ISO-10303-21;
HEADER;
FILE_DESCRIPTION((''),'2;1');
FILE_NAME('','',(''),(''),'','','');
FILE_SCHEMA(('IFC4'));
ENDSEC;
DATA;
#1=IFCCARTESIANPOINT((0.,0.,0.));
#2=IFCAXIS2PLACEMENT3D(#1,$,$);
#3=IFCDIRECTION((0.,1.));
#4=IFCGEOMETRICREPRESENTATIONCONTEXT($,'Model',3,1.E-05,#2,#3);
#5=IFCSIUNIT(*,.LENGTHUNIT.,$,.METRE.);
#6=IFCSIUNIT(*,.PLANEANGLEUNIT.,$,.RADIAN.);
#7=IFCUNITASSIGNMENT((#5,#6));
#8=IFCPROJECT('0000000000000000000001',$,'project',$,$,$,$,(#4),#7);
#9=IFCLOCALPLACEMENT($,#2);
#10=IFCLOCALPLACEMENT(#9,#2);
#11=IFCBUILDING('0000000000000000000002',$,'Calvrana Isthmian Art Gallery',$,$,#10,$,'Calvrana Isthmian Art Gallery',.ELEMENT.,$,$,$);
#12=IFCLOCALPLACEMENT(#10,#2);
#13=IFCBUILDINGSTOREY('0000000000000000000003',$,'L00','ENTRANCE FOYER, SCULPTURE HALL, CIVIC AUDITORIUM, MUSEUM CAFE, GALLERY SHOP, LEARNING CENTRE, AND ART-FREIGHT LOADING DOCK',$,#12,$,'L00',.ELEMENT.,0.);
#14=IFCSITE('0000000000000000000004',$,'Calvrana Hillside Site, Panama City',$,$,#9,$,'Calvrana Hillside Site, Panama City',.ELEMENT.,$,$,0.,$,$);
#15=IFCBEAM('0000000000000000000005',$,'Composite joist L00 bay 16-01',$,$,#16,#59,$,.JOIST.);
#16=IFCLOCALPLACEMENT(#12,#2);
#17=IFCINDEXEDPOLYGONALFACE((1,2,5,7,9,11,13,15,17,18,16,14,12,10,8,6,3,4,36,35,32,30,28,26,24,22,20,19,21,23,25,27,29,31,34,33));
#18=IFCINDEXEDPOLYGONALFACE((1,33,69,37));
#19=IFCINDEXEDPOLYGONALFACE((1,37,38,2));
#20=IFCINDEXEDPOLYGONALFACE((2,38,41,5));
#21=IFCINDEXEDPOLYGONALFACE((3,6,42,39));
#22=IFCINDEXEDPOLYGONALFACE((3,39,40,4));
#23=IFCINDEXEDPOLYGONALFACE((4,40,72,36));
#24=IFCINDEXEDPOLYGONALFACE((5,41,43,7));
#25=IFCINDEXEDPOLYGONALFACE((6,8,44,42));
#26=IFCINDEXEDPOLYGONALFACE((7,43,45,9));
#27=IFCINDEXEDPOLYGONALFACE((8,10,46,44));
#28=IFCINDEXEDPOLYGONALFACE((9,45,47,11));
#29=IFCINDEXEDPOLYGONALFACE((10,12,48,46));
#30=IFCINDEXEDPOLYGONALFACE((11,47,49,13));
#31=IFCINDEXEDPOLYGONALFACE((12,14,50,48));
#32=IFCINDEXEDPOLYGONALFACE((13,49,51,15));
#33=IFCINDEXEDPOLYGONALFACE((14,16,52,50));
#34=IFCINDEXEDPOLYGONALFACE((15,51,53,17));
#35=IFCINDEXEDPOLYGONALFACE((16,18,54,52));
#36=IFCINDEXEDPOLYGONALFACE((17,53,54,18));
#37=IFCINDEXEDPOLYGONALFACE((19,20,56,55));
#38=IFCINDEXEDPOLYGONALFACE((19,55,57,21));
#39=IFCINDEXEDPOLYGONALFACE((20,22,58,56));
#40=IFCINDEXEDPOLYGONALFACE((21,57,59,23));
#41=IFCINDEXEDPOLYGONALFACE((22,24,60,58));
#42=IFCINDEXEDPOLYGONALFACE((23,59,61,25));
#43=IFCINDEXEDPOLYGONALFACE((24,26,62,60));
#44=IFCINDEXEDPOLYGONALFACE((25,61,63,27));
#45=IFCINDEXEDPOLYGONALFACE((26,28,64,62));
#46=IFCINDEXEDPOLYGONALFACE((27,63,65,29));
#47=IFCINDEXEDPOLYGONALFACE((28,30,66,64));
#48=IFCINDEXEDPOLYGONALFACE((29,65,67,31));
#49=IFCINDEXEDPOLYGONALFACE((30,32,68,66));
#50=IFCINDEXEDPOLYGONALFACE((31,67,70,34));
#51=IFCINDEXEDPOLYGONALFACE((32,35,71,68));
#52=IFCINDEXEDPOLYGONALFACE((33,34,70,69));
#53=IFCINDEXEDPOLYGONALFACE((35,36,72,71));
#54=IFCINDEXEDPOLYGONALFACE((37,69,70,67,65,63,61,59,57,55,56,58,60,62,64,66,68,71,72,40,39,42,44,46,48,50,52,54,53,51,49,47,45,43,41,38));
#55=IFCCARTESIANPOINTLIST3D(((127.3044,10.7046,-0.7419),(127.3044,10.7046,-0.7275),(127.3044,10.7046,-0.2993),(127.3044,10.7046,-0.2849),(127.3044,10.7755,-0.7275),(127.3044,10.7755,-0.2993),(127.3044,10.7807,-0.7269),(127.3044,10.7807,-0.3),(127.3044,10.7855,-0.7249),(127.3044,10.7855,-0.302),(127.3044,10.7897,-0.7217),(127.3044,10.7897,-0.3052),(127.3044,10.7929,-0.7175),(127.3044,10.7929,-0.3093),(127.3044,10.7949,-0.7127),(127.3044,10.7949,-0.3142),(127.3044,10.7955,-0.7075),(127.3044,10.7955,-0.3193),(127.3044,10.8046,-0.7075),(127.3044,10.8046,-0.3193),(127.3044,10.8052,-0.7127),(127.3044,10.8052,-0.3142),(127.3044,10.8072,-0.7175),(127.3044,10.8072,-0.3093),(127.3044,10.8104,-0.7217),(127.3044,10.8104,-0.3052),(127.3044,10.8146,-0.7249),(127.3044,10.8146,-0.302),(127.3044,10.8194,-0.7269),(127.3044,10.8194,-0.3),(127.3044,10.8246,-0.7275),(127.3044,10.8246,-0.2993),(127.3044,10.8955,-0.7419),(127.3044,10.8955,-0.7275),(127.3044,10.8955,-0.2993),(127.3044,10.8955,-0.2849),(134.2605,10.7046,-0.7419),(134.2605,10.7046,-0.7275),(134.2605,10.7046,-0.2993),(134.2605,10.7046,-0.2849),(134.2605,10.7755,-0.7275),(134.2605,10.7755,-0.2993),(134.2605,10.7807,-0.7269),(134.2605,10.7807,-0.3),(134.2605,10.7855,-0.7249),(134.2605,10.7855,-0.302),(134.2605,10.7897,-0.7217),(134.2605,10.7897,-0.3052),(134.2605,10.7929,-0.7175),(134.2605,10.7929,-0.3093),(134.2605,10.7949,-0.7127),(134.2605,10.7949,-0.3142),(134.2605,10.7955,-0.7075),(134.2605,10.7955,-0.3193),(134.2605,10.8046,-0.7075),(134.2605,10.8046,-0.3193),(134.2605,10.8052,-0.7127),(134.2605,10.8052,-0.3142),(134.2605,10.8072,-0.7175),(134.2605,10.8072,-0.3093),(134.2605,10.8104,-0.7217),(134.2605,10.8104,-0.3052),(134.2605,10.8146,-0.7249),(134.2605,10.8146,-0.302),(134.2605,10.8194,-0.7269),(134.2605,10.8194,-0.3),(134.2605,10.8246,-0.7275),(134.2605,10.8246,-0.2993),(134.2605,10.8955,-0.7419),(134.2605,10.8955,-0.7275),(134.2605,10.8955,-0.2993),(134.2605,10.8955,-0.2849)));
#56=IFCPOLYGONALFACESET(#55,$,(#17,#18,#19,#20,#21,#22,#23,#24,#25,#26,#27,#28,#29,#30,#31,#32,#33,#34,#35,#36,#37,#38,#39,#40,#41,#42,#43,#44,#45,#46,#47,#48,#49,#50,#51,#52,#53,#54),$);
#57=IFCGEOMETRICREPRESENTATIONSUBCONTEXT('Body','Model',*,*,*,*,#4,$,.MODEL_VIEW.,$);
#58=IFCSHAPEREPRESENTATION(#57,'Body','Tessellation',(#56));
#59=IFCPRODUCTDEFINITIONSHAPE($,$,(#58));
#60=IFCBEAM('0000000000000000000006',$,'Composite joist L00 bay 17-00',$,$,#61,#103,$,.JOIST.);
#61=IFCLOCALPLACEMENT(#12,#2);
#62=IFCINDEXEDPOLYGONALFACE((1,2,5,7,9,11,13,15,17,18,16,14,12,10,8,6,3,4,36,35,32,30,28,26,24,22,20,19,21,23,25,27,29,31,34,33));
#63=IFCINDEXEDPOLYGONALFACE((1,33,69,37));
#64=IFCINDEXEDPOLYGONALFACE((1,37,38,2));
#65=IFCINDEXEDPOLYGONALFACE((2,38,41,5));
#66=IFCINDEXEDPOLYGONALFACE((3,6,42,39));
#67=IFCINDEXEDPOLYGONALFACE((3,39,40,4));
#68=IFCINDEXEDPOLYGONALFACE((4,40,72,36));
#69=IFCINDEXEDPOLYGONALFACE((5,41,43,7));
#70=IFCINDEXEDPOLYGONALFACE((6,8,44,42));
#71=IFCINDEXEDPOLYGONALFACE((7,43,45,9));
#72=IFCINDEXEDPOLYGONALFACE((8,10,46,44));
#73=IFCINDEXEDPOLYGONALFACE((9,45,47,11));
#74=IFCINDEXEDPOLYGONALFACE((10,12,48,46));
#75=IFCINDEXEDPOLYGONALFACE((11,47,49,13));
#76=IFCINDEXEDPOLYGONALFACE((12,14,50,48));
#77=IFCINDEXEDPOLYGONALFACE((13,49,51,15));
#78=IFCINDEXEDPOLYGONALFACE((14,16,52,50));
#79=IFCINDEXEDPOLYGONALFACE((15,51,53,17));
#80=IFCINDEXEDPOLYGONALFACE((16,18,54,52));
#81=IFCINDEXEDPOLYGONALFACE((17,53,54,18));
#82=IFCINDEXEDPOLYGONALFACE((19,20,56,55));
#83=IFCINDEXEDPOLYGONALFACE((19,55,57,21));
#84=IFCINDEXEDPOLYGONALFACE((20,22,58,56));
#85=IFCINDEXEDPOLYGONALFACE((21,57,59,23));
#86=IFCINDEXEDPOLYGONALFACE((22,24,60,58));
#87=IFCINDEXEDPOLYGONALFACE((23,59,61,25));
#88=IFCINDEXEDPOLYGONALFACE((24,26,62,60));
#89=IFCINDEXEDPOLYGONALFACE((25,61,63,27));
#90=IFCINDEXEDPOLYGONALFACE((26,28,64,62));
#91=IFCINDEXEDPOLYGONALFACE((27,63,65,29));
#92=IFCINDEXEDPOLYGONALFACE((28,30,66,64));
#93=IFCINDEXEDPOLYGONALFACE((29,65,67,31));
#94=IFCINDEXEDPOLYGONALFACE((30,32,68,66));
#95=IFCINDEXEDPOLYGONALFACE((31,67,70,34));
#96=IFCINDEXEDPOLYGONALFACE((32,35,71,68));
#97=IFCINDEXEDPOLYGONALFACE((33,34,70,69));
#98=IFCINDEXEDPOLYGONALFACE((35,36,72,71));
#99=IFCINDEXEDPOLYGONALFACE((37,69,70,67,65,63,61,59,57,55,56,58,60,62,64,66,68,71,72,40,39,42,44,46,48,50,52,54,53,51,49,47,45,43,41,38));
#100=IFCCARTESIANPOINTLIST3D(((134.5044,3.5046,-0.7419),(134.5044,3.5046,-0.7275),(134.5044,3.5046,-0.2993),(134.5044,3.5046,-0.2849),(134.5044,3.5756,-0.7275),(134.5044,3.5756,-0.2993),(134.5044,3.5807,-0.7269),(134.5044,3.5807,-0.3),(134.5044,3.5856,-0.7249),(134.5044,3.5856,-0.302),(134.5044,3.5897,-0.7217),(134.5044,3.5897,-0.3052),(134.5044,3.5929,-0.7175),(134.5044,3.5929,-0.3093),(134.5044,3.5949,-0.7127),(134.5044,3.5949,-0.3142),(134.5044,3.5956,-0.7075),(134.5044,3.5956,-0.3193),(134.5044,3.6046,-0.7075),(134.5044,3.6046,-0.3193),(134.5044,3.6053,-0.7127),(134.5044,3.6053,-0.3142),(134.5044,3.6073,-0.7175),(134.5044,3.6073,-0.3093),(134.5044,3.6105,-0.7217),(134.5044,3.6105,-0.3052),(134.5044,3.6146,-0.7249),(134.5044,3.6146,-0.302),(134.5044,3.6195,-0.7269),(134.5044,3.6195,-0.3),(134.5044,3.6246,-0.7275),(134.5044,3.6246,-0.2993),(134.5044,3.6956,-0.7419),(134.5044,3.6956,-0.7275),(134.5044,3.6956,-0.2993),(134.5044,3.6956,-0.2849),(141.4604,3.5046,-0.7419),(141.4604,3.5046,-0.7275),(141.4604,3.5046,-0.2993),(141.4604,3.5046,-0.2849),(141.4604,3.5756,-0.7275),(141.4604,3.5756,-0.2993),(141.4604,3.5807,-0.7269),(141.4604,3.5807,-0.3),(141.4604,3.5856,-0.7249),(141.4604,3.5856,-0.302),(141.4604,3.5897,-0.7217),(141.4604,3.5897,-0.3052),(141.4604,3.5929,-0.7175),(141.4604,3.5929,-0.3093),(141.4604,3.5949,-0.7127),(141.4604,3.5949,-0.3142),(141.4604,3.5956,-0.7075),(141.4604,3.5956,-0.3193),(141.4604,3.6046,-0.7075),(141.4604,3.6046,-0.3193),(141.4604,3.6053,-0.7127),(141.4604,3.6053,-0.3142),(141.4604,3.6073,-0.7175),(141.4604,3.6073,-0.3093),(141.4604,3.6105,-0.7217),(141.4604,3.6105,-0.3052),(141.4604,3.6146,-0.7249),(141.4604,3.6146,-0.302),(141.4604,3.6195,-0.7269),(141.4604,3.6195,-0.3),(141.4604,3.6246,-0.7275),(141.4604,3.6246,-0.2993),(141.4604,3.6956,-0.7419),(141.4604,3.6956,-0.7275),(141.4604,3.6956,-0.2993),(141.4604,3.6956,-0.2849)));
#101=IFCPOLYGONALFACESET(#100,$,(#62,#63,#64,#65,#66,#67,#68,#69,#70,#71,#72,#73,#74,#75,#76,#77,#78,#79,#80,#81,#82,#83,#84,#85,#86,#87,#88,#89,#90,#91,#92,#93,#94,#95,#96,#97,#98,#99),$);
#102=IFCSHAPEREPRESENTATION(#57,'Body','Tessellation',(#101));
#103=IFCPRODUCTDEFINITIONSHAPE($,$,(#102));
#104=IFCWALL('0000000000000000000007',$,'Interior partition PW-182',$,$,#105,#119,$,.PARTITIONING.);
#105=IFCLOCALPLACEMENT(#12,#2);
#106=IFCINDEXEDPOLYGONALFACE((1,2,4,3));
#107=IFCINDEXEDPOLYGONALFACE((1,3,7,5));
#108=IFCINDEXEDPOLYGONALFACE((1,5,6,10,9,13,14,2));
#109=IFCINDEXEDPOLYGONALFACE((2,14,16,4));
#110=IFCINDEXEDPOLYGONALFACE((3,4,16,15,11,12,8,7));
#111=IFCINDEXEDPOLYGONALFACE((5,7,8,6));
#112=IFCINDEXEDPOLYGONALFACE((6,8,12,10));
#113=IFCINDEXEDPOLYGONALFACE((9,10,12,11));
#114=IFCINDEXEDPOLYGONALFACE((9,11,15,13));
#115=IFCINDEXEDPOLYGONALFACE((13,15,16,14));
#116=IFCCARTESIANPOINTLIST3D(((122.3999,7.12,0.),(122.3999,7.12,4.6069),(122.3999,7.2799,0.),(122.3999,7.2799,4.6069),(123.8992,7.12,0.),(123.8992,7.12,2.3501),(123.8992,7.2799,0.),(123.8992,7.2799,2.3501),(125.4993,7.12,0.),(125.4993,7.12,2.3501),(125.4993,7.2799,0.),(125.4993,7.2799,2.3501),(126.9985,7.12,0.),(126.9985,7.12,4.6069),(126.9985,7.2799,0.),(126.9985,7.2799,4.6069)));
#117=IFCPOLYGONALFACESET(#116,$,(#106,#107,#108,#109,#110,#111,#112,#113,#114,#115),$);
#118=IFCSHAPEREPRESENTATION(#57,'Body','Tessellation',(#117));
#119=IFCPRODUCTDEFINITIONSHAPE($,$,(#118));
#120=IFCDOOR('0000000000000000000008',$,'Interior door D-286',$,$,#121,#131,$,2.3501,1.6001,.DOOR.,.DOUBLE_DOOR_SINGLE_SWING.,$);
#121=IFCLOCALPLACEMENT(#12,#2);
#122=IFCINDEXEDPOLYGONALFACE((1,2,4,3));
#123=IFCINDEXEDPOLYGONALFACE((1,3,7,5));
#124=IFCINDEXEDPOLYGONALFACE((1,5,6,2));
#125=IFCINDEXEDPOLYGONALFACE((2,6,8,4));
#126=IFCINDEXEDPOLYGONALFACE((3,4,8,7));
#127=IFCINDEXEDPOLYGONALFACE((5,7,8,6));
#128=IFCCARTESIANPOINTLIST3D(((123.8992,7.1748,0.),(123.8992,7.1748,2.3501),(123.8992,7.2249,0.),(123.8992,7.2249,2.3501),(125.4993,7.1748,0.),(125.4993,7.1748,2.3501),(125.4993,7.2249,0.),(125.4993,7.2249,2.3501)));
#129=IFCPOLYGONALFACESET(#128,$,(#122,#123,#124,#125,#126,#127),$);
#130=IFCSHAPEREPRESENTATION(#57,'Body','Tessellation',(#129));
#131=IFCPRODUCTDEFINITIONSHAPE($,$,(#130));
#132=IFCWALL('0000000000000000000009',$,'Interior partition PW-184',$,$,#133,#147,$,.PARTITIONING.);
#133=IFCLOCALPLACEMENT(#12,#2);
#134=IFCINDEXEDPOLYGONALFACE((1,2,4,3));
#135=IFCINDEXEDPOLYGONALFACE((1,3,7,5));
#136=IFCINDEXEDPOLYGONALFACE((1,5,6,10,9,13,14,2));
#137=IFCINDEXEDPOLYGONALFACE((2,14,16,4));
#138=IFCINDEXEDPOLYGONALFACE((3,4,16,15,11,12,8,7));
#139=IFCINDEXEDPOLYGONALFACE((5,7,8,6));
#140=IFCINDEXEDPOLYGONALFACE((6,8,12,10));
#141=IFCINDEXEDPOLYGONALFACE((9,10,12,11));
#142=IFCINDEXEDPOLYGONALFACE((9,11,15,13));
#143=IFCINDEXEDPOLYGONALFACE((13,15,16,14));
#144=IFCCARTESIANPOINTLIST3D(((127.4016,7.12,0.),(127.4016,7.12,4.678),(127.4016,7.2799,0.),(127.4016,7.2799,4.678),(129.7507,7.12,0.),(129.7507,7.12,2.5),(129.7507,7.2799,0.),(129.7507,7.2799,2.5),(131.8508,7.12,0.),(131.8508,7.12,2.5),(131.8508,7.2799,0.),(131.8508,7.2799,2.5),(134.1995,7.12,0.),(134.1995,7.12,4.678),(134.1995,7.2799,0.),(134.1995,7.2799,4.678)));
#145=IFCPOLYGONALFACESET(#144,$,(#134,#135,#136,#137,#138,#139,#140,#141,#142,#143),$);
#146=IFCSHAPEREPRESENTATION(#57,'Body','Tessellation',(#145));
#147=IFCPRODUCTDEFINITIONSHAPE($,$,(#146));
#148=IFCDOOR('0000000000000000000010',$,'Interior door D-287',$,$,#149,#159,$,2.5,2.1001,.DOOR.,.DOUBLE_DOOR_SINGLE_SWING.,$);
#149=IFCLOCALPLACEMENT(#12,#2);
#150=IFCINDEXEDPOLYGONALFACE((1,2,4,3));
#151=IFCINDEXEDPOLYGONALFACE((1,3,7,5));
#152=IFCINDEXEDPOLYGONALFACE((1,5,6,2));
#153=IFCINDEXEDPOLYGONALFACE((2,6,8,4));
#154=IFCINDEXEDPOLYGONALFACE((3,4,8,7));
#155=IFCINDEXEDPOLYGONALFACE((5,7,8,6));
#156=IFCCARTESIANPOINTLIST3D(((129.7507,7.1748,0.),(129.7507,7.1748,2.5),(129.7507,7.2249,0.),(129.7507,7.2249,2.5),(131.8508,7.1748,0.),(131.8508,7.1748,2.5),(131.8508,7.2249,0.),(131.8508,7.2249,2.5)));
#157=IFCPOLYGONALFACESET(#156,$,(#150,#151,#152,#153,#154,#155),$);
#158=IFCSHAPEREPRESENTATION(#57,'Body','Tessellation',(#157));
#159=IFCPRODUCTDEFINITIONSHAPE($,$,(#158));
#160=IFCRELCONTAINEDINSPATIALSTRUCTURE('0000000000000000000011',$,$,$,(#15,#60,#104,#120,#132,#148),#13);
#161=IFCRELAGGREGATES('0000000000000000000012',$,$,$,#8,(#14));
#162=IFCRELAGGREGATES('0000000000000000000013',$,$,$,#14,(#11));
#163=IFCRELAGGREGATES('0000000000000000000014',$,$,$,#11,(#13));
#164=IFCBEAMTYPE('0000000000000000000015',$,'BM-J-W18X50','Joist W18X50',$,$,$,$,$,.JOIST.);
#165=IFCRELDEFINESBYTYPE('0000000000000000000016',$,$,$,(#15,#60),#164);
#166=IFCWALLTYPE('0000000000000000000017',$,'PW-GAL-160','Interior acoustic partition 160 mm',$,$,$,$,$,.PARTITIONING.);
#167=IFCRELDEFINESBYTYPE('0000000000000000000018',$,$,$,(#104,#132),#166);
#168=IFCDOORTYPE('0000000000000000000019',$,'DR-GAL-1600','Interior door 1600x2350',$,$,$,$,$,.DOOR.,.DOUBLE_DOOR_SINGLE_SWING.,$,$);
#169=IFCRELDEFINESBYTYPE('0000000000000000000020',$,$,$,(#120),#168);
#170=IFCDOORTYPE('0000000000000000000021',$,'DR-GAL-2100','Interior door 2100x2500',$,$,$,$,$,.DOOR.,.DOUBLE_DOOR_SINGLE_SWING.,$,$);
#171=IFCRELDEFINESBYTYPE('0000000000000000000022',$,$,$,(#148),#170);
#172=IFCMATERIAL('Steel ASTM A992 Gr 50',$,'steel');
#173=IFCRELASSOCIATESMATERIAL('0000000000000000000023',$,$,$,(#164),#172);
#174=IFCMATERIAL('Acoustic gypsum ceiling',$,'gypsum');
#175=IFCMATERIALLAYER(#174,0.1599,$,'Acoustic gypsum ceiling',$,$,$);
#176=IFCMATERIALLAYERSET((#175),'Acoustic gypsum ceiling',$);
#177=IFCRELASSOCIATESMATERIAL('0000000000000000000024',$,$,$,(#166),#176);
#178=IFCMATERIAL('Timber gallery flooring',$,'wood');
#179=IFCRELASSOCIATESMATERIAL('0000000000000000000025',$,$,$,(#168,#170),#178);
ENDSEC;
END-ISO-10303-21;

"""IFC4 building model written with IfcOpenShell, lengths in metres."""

from ifc_helpers import new_model, si_unit, direction, frame, frame_2d, origin, origin_2d, place, context, subcontext, project, spatial, rectangle, i_section, extrude, material, layer, layer_set, material_profile, profile_set, type_object, element, fill, save


model = new_model("IFC4")

# Units and contexts
model_context = context("Model", 3, precision=1e-05, world=origin(), true_north=direction((0.0, 1.0)))
body_context = subcontext(model_context, "Body", "Model", "MODEL_VIEW")
ifc_project = project(units=[si_unit("LENGTHUNIT", "METRE"), si_unit("PLANEANGLEUNIT", "RADIAN")], contexts=[model_context])

# Site, building, storey
site_placement = place(None, origin())
site = spatial("IfcSite", under=ifc_project, at=site_placement, Name="Calvrana Hillside Site, Panama City", LongName="Calvrana Hillside Site, Panama City", CompositionType="ELEMENT", RefElevation=0.0)
building_placement = place(site_placement, origin())
building = spatial("IfcBuilding", under=site, at=building_placement, Name="Calvrana Isthmian Art Gallery", LongName="Calvrana Isthmian Art Gallery", CompositionType="ELEMENT")
storey_placement = place(building_placement, origin())
storey = spatial("IfcBuildingStorey", under=building, at=storey_placement, Name="L00", Description="ENTRANCE FOYER, SCULPTURE HALL, CIVIC AUDITORIUM, MUSEUM CAFE, GALLERY SHOP, LEARNING CENTRE, AND ART-FREIGHT LOADING DOCK", LongName="L00", CompositionType="ELEMENT", Elevation=0.0)

# Shared definitions
ifc_material_1 = material(Name="Steel ASTM A992 Gr 50", Category="steel")

# Beams
ifc_material_profile_1 = material_profile(ifc_material_1, i_section(OverallWidth=0.1909, OverallDepth=0.457, WebThickness=0.009, FlangeThickness=0.0144, FilletRadius=0.02, at=origin_2d()), Name="W18X50")
ifc_profile_set_1 = profile_set([ifc_material_profile_1], Name="Steel ASTM A992 Gr 50")
beam_type_1 = type_object("IfcBeamType", Name="BM-J-W18X50", Description="Joist W18X50", PredefinedType="JOIST", material=ifc_profile_set_1)
for number, where, z_axis, x_axis, name in (
    (1, (127.3044, 10.8, -0.5134), (1.0, 0.0, 0.0), (0.0, 1.0, 0.0), "Composite joist L00 bay 16-01"),
    (2, (134.5044, 3.6001, -0.5134), (1.0, 0.0, 0.0), (0.0, 1.0, 0.0), "Composite joist L00 bay 17-00"),
):
    element("IfcBeam", number, at=place(storey_placement, frame(where, z_axis=z_axis, x_axis=x_axis)), inside=storey, type_object=beam_type_1, Name=name, PredefinedType="JOIST", context=body_context, shape_type="SweptSolid", body=[
        extrude(i_section(OverallWidth=0.1909, OverallDepth=0.457, WebThickness=0.009, FlangeThickness=0.0144, FilletRadius=0.02, at=origin_2d()), origin(), (0.0, 0.0, 1.0), 6.9561),
    ])

# Walls, openings, doors
ifc_material_2 = material(Name="Acoustic gypsum ceiling", Category="gypsum")
ifc_layer = layer(ifc_material_2, 0.1599, Name="Acoustic gypsum ceiling")
ifc_layer_set = layer_set([ifc_layer], Name="Acoustic gypsum ceiling")
wall_type = type_object("IfcWallType", Name="PW-GAL-160", Description="Interior acoustic partition 160 mm", PredefinedType="PARTITIONING", material=ifc_layer_set)
wall_1_placement = place(storey_placement, frame((122.3999, 7.2, 0.0), z_axis=(0.0, 0.0, 1.0), x_axis=(1.0, 0.0, 0.0)))
wall_1 = element("IfcWall", 3, at=wall_1_placement, inside=storey, type_object=wall_type, Name="Interior partition PW-182", PredefinedType="PARTITIONING", context=body_context, shape_type="SweptSolid", body=[
    extrude(rectangle(XDim=4.5986, YDim=0.1599, at=frame_2d((2.2993, 0.0))), origin(), (0.0, 0.0, 1.0), 4.6069),
])
opening_1_placement = place(wall_1_placement, frame((1.4993, 0.0, 0.0)))
opening_1 = element("IfcOpeningElement", 4, at=opening_1_placement, cuts=wall_1, PredefinedType="OPENING", context=body_context, shape_type="SweptSolid", body=[
    extrude(rectangle(XDim=1.6001, YDim=2.3501, at=frame_2d((0.8, 1.175))), frame((0.0, 0.0903, 0.0), z_axis=(0.0, -1.0, 0.0), x_axis=(1.0, 0.0, 0.0)), (0.0, 0.0, 1.0), 0.1804),
])
ifc_material_3 = material(Name="Timber gallery flooring", Category="wood")
door_type_1 = type_object("IfcDoorType", Name="DR-GAL-1600", Description="Interior door 1600x2350", OperationType="DOUBLE_DOOR_SINGLE_SWING", PredefinedType="DOOR", material=ifc_material_3)
door_1_placement = place(opening_1_placement, origin())
door_1 = element("IfcDoor", 5, at=door_1_placement, inside=storey, type_object=door_type_1, Name="Interior door D-286", OperationType="DOUBLE_DOOR_SINGLE_SWING", OverallHeight=2.3501, OverallWidth=1.6001, PredefinedType="DOOR", context=body_context, shape_type="SweptSolid", body=[
    extrude(rectangle(XDim=1.6001, YDim=2.3501, at=frame_2d((0.8, 1.175))), frame((0.0, 0.0249, 0.0), z_axis=(0.0, -1.0, 0.0), x_axis=(1.0, 0.0, 0.0)), (0.0, 0.0, 1.0), 0.05),
])
fill(opening_1, door_1)
wall_2_placement = place(storey_placement, frame((127.4016, 7.2, 0.0), z_axis=(0.0, 0.0, 1.0), x_axis=(1.0, 0.0, 0.0)))
wall_2 = element("IfcWall", 6, at=wall_2_placement, inside=storey, type_object=wall_type, Name="Interior partition PW-184", PredefinedType="PARTITIONING", context=body_context, shape_type="SweptSolid", body=[
    extrude(rectangle(XDim=6.7979, YDim=0.1599, at=frame_2d((3.3989, 0.0))), origin(), (0.0, 0.0, 1.0), 4.678),
])
opening_2_placement = place(wall_2_placement, frame((2.3491, 0.0, 0.0)))
opening_2 = element("IfcOpeningElement", 7, at=opening_2_placement, cuts=wall_2, PredefinedType="OPENING", context=body_context, shape_type="SweptSolid", body=[
    extrude(rectangle(XDim=2.1001, YDim=2.5, at=frame_2d((1.05, 1.25))), frame((0.0, 0.0903, 0.0), z_axis=(0.0, -1.0, 0.0), x_axis=(1.0, 0.0, 0.0)), (0.0, 0.0, 1.0), 0.1804),
])
door_type_2 = type_object("IfcDoorType", Name="DR-GAL-2100", Description="Interior door 2100x2500", OperationType="DOUBLE_DOOR_SINGLE_SWING", PredefinedType="DOOR", material=ifc_material_3)
door_2_placement = place(opening_2_placement, origin())
door_2 = element("IfcDoor", 8, at=door_2_placement, inside=storey, type_object=door_type_2, Name="Interior door D-287", OperationType="DOUBLE_DOOR_SINGLE_SWING", OverallHeight=2.5, OverallWidth=2.1001, PredefinedType="DOOR", context=body_context, shape_type="SweptSolid", body=[
    extrude(rectangle(XDim=2.1001, YDim=2.5, at=frame_2d((1.05, 1.25))), frame((0.0, 0.0249, 0.0), z_axis=(0.0, -1.0, 0.0), x_axis=(1.0, 0.0, 0.0)), (0.0, 0.0, 1.0), 0.05),
])
fill(opening_2, door_2)

save(model, "model.ifc")
